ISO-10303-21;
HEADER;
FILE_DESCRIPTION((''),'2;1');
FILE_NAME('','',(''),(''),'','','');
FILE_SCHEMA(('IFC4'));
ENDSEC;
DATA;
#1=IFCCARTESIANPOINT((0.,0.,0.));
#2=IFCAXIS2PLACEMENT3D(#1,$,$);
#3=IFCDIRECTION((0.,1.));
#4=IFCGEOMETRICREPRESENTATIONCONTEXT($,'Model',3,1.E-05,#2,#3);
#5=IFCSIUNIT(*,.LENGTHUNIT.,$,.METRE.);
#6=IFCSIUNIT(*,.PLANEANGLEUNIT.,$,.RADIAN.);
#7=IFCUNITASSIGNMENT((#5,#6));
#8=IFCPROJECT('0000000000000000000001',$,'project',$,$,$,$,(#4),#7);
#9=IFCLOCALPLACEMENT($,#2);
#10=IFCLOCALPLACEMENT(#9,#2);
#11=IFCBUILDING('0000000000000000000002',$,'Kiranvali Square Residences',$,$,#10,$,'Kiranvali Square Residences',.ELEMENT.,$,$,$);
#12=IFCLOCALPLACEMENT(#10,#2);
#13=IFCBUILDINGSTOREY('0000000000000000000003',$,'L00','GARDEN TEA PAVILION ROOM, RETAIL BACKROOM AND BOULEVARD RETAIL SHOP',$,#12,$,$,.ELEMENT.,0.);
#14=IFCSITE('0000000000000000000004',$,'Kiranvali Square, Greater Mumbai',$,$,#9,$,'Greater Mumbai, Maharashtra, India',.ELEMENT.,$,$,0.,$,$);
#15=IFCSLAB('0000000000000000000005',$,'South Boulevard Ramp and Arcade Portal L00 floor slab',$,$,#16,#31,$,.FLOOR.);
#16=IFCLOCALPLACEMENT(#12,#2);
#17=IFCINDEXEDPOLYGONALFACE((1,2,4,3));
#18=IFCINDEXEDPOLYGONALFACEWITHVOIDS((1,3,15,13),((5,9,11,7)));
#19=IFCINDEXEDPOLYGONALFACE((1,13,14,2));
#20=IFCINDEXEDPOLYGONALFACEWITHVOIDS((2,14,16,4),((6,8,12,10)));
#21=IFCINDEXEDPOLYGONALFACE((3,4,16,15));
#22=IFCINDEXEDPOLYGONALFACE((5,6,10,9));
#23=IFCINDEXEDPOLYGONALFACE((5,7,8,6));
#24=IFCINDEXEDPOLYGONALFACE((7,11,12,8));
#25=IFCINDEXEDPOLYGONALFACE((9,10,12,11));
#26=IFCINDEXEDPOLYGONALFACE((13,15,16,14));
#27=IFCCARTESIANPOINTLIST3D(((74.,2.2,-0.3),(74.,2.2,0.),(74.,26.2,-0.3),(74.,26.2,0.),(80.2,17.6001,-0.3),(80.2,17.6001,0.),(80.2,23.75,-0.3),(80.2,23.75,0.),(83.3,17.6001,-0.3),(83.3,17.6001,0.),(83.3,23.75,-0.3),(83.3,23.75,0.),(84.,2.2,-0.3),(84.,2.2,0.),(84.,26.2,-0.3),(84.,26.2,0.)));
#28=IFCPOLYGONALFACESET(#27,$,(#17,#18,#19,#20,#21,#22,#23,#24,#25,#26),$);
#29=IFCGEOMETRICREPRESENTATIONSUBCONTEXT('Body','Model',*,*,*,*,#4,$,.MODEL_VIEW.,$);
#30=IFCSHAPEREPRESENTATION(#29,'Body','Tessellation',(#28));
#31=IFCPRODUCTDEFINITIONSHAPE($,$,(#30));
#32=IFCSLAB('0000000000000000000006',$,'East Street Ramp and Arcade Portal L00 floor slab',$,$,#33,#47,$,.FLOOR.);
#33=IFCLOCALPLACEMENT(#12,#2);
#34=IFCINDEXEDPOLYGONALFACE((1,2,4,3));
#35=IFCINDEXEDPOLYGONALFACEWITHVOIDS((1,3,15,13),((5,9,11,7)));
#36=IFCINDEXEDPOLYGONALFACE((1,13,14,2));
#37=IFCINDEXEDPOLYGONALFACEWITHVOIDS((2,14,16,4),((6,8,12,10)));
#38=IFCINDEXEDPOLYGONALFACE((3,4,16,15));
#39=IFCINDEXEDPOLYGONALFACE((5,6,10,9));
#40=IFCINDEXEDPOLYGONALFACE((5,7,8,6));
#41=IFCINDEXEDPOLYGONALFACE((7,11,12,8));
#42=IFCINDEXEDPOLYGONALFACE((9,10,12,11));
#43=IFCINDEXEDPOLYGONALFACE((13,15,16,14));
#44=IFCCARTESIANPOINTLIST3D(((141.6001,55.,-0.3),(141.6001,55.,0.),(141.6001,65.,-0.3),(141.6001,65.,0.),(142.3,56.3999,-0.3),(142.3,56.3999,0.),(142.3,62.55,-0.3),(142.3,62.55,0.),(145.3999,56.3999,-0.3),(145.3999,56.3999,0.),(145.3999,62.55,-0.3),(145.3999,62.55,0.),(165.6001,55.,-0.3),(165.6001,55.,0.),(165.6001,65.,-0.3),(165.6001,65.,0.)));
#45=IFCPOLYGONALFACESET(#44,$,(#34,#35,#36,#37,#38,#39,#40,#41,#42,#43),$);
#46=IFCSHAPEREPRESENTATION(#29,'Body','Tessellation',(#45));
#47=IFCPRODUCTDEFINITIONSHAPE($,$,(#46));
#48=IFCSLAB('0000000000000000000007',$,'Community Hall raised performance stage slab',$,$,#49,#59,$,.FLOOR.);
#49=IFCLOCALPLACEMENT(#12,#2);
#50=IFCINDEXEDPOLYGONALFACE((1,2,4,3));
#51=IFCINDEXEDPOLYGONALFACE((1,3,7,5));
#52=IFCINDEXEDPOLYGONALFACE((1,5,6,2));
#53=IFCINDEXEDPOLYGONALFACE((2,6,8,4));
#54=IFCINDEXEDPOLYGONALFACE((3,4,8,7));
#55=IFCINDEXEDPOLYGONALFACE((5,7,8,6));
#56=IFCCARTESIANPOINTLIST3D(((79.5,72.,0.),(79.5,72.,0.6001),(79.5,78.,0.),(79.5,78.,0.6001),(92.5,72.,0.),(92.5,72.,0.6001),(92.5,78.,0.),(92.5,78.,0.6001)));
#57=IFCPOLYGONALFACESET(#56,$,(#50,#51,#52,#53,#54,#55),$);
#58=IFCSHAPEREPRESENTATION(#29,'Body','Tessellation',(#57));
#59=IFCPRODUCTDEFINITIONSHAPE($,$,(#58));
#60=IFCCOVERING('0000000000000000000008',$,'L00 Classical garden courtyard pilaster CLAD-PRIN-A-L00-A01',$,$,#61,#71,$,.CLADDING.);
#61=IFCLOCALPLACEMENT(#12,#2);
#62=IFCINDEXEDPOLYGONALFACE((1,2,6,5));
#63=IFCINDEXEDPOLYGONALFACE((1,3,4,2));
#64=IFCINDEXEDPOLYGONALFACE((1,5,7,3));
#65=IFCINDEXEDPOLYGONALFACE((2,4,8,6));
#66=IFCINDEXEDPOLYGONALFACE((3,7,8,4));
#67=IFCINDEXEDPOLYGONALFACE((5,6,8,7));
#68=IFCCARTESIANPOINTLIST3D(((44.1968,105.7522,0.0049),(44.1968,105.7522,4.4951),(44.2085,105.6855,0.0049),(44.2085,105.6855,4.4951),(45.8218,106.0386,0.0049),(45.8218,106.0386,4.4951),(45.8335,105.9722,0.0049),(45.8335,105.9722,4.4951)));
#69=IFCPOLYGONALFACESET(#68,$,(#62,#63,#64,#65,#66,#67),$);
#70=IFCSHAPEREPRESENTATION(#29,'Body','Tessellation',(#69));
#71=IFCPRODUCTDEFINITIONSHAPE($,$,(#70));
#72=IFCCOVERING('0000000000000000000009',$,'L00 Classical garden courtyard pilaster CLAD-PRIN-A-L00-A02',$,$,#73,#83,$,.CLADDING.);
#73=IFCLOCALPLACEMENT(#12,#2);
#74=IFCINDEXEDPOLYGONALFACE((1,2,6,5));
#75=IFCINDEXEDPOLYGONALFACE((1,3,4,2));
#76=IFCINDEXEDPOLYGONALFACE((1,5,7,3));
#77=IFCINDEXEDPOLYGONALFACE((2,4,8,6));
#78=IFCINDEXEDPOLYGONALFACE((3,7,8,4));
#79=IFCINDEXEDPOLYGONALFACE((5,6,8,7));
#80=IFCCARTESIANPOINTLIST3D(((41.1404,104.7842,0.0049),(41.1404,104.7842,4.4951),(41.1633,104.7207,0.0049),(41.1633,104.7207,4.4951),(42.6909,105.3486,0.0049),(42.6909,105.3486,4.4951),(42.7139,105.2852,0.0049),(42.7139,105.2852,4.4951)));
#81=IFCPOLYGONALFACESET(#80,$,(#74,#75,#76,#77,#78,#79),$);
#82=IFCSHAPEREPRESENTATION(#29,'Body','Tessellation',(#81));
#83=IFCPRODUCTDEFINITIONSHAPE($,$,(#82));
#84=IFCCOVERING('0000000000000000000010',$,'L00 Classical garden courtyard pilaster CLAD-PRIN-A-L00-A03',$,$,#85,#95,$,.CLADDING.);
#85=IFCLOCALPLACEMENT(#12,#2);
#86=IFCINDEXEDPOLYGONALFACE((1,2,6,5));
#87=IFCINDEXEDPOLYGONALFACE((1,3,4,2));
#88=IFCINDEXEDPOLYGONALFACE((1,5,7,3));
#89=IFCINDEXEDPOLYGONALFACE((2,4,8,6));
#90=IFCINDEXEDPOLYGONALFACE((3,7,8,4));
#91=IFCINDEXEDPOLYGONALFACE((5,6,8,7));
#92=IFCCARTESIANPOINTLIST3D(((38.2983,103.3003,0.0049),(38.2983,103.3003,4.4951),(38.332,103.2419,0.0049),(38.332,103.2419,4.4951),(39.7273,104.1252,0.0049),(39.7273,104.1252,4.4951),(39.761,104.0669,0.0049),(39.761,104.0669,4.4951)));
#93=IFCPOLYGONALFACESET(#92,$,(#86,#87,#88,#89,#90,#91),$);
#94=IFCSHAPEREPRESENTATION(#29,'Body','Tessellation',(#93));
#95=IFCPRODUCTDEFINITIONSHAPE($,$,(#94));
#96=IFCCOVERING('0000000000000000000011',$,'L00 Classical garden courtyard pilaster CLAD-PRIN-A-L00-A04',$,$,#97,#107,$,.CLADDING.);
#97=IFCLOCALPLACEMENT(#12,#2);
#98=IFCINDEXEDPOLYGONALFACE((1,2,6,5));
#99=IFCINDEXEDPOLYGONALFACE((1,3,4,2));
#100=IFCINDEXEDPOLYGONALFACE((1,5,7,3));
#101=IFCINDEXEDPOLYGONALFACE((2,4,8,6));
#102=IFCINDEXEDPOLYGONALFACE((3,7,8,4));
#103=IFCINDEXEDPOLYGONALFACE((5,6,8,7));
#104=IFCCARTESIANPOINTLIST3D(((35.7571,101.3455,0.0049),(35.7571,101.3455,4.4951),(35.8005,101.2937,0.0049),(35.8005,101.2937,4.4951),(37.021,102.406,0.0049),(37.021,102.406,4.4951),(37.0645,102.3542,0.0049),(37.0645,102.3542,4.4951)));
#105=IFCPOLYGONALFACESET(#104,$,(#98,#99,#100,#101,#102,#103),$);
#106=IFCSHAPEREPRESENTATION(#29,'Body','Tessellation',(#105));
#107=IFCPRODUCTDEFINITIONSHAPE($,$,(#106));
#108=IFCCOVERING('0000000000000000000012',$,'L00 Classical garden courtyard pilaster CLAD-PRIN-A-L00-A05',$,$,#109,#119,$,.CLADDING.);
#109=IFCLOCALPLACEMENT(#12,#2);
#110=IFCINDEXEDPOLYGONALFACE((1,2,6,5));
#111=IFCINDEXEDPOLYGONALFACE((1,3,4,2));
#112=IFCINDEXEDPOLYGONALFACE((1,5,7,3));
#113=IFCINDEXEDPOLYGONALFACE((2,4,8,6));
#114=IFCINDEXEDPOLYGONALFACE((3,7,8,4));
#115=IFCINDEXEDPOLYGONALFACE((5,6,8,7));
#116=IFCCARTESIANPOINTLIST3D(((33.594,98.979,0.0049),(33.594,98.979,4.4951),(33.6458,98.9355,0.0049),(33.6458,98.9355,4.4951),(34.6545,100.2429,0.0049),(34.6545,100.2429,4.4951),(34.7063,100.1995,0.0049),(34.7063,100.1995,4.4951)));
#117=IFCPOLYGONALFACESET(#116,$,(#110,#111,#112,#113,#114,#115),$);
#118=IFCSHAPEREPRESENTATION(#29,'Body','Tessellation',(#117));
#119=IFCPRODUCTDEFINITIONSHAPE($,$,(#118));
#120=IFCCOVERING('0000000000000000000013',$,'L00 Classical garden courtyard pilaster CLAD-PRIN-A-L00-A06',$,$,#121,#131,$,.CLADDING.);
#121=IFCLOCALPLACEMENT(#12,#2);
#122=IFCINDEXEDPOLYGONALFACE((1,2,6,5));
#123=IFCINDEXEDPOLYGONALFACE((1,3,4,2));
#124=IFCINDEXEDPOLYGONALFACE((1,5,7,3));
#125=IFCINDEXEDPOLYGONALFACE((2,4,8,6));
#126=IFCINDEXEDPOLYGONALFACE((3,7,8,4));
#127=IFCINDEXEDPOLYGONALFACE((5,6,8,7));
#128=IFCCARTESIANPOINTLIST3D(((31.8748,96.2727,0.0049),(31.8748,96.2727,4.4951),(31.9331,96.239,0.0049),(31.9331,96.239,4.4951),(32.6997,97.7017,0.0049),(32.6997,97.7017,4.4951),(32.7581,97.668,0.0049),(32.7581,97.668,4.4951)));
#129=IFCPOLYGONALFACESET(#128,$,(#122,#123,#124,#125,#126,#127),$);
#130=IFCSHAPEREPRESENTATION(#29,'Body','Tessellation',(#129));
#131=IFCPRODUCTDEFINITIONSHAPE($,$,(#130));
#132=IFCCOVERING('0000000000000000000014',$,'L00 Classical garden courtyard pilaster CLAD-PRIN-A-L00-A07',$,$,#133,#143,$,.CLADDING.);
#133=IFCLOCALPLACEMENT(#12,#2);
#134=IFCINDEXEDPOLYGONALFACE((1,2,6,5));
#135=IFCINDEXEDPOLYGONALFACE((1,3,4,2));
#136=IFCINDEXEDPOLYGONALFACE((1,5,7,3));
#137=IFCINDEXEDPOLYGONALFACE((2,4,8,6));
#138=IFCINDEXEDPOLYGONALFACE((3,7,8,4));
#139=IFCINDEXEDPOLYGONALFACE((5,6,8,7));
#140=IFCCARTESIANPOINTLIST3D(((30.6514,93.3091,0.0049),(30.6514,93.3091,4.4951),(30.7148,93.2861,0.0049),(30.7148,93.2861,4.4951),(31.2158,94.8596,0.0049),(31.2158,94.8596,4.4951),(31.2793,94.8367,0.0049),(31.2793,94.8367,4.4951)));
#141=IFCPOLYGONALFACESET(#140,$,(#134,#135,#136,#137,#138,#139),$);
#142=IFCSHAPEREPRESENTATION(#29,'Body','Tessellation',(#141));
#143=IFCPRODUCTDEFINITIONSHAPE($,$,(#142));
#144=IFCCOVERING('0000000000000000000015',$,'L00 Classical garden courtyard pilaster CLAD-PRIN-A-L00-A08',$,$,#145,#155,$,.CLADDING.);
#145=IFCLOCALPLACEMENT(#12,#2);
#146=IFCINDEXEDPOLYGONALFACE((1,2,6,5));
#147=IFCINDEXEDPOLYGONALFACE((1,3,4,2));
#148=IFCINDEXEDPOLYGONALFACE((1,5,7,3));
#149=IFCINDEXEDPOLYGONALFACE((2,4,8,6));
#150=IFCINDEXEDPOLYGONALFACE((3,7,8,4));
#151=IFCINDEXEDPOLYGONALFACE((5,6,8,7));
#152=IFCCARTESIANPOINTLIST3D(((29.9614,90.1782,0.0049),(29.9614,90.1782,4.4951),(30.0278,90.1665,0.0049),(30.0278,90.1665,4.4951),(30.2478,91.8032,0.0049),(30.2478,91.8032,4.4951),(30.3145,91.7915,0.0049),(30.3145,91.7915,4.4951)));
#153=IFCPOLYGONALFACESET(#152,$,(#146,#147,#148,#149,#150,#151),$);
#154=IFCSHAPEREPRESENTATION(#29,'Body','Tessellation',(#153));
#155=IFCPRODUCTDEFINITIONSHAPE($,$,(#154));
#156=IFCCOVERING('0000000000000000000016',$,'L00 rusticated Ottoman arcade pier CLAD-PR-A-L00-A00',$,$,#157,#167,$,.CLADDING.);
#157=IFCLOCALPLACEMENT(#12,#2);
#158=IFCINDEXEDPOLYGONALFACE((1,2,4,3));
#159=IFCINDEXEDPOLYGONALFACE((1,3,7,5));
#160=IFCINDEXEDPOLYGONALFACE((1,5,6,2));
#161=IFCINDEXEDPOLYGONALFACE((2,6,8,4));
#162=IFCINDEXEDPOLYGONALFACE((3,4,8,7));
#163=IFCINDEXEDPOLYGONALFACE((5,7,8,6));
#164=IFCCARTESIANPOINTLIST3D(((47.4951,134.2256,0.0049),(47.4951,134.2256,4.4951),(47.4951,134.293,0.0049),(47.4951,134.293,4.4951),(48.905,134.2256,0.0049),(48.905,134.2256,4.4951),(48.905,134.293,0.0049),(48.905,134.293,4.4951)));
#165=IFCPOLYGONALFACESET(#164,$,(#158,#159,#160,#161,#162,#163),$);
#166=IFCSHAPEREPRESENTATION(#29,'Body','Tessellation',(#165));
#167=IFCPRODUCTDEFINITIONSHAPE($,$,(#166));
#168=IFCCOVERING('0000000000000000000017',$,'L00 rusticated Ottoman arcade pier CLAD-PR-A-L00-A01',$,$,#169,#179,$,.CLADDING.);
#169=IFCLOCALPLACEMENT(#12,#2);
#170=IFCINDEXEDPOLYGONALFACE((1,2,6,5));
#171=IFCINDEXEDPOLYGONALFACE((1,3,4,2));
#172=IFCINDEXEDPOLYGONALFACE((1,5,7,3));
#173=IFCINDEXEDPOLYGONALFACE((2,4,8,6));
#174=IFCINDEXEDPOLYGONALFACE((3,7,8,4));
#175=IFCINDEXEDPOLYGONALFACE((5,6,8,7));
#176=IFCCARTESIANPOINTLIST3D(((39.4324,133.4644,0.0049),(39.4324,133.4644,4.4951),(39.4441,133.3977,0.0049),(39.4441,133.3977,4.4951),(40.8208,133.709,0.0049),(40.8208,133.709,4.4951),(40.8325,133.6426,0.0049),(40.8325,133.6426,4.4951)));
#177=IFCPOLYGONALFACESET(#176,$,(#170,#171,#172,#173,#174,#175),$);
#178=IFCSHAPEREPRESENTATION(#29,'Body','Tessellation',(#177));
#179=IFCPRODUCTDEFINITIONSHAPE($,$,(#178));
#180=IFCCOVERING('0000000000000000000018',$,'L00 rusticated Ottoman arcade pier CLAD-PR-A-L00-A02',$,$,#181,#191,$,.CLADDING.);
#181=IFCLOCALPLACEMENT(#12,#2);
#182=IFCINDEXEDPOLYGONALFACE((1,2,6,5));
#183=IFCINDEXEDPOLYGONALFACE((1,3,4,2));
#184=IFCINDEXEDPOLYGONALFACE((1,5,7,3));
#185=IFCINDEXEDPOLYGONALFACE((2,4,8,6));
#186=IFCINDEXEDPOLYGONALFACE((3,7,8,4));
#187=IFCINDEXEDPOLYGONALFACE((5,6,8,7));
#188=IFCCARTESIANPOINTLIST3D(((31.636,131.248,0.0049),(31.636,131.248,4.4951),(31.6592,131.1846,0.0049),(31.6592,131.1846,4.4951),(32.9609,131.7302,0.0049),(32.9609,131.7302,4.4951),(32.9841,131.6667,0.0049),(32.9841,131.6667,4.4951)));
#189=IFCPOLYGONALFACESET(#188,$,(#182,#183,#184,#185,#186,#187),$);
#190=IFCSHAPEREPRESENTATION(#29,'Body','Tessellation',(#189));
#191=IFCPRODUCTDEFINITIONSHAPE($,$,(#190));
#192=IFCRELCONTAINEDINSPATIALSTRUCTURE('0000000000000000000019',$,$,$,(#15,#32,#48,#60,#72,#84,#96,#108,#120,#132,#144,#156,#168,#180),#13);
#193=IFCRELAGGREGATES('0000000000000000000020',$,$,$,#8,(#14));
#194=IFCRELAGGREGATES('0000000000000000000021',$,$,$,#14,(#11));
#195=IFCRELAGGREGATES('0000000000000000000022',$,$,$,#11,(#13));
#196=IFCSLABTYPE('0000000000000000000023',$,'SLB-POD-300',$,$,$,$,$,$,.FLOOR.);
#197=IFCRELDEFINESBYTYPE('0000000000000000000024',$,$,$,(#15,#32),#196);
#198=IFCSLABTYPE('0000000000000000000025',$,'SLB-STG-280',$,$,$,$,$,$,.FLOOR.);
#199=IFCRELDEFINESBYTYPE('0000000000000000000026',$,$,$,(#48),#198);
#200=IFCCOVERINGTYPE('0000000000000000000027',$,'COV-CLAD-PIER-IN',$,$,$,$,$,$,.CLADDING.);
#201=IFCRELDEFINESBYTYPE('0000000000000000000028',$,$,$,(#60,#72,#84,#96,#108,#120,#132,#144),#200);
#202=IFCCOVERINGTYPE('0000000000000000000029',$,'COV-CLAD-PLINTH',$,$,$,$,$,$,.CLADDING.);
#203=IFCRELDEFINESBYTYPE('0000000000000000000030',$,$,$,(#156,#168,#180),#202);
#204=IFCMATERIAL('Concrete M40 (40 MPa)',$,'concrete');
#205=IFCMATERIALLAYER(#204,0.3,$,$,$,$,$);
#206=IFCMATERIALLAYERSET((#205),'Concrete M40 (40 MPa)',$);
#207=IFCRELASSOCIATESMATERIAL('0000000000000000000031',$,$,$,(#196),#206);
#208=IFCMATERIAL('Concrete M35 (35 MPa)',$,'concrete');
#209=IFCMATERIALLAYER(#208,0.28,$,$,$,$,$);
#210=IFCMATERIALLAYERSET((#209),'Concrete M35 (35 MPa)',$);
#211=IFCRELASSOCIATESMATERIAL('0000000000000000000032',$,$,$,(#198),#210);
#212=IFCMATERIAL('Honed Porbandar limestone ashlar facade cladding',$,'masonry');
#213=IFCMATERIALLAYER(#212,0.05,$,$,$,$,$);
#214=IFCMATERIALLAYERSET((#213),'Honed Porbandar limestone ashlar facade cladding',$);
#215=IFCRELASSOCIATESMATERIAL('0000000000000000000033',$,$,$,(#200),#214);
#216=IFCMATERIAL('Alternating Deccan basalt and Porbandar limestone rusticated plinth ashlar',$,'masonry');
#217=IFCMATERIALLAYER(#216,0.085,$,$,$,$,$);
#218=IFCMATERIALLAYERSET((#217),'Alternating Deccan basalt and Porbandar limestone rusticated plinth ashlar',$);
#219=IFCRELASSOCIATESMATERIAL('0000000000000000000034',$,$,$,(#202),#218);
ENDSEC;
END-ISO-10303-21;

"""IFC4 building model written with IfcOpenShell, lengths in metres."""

from ifc_helpers import new_model, si_unit, direction, frame, origin, place, context, subcontext, project, spatial, polyline, outline, extrude, material, layer, layer_set, type_object, element, save


model = new_model("IFC4")

# Units and contexts
model_context = context("Model", 3, precision=1e-05, world=origin(), true_north=direction((0.0, 1.0)))
body_context = subcontext(model_context, "Body", "Model", "MODEL_VIEW")
ifc_project = project(units=[si_unit("LENGTHUNIT", "METRE"), si_unit("PLANEANGLEUNIT", "RADIAN")], contexts=[model_context])

# Site, building, storey
site_placement = place(None, origin())
site = spatial("IfcSite", under=ifc_project, at=site_placement, Name="Kiranvali Square, Greater Mumbai", LongName="Greater Mumbai, Maharashtra, India", CompositionType="ELEMENT", RefElevation=0.0)
building_placement = place(site_placement, origin())
building = spatial("IfcBuilding", under=site, at=building_placement, Name="Kiranvali Square Residences", LongName="Kiranvali Square Residences", CompositionType="ELEMENT")
storey_placement = place(building_placement, origin())
storey = spatial("IfcBuildingStorey", under=building, at=storey_placement, Name="L00", Description="GARDEN TEA PAVILION ROOM, RETAIL BACKROOM AND BOULEVARD RETAIL SHOP", CompositionType="ELEMENT", Elevation=0.0)

# Slabs
ifc_material_1 = material(Name="Concrete M40 (40 MPa)", Category="concrete")
ifc_material_2 = material(Name="Concrete M35 (35 MPa)", Category="concrete")
ifc_layer_1 = layer(ifc_material_1, 0.3)
ifc_layer_set_1 = layer_set([ifc_layer_1], Name="Concrete M40 (40 MPa)")
slab_type_1 = type_object("IfcSlabType", Name="SLB-POD-300", PredefinedType="FLOOR", material=ifc_layer_set_1)
slab_1_placement = place(storey_placement, frame((0.0, 0.0, -0.3)))
element("IfcSlab", 1, at=slab_1_placement, inside=storey, type_object=slab_type_1, Name="South Boulevard Ramp and Arcade Portal L00 floor slab", PredefinedType="FLOOR", context=body_context, shape_type="SweptSolid", body=[
    extrude(outline(polyline([(84.0, 2.2), (84.0, 26.2), (74.0, 26.2), (74.0, 2.2), (84.0, 2.2)]), holes=[polyline([(80.2, 23.75), (80.2, 17.6001), (83.3, 17.6001), (83.3, 23.75), (80.2, 23.75)])]), origin(), (0.0, 0.0, 1.0), 0.3),
])
slab_2_placement = place(storey_placement, frame((0.0, 0.0, -0.3)))
element("IfcSlab", 2, at=slab_2_placement, inside=storey, type_object=slab_type_1, Name="East Street Ramp and Arcade Portal L00 floor slab", PredefinedType="FLOOR", context=body_context, shape_type="SweptSolid", body=[
    extrude(outline(polyline([(165.6001, 55.0), (165.6001, 65.0), (141.6001, 65.0), (141.6001, 55.0), (165.6001, 55.0)]), holes=[polyline([(142.3, 62.55), (142.3, 56.3999), (145.3999, 56.3999), (145.3999, 62.55), (142.3, 62.55)])]), origin(), (0.0, 0.0, 1.0), 0.3),
])
ifc_layer_2 = layer(ifc_material_2, 0.28)
ifc_layer_set_2 = layer_set([ifc_layer_2], Name="Concrete M35 (35 MPa)")
slab_type_2 = type_object("IfcSlabType", Name="SLB-STG-280", PredefinedType="FLOOR", material=ifc_layer_set_2)
slab_3_placement = place(storey_placement, origin())
element("IfcSlab", 3, at=slab_3_placement, inside=storey, type_object=slab_type_2, Name="Community Hall raised performance stage slab", PredefinedType="FLOOR", context=body_context, shape_type="SweptSolid", body=[
    extrude(outline(polyline([(79.5, 72.0), (92.5, 72.0), (92.5, 78.0), (79.5, 78.0), (79.5, 72.0)])), origin(), (0.0, 0.0, 1.0), 0.6001),
])

# Coverings
ifc_material_3 = material(Name="Honed Porbandar limestone ashlar facade cladding", Category="masonry")
ifc_layer_3 = layer(ifc_material_3, 0.05)
ifc_layer_set_3 = layer_set([ifc_layer_3], Name="Honed Porbandar limestone ashlar facade cladding")
covering_type_1 = type_object("IfcCoveringType", Name="COV-CLAD-PIER-IN", PredefinedType="CLADDING", material=ifc_layer_set_3)
covering_1_placement = place(storey_placement, frame((0.0, 0.0, 0.0049)))
element("IfcCovering", 4, at=covering_1_placement, inside=storey, type_object=covering_type_1, Name="L00 Classical garden courtyard pilaster CLAD-PRIN-A-L00-A01", PredefinedType="CLADDING", context=body_context, shape_type="SweptSolid", body=[
    extrude(outline(polyline([(44.2085, 105.6855), (45.8335, 105.9722), (45.8218, 106.0386), (44.1968, 105.7522), (44.2085, 105.6855)])), origin(), (0.0, 0.0, 1.0), 4.4902),
])
covering_2_placement = place(storey_placement, frame((0.0, 0.0, 0.0049)))
element("IfcCovering", 5, at=covering_2_placement, inside=storey, type_object=covering_type_1, Name="L00 Classical garden courtyard pilaster CLAD-PRIN-A-L00-A02", PredefinedType="CLADDING", context=body_context, shape_type="SweptSolid", body=[
    extrude(outline(polyline([(41.1633, 104.7207), (42.7139, 105.2852), (42.6909, 105.3486), (41.1404, 104.7842), (41.1633, 104.7207)])), origin(), (0.0, 0.0, 1.0), 4.4902),
])
covering_3_placement = place(storey_placement, frame((0.0, 0.0, 0.0049)))
element("IfcCovering", 6, at=covering_3_placement, inside=storey, type_object=covering_type_1, Name="L00 Classical garden courtyard pilaster CLAD-PRIN-A-L00-A03", PredefinedType="CLADDING", context=body_context, shape_type="SweptSolid", body=[
    extrude(outline(polyline([(38.332, 103.2419), (39.761, 104.0669), (39.7273, 104.1252), (38.2983, 103.3003), (38.332, 103.2419)])), origin(), (0.0, 0.0, 1.0), 4.4902),
])
covering_4_placement = place(storey_placement, frame((0.0, 0.0, 0.0049)))
element("IfcCovering", 7, at=covering_4_placement, inside=storey, type_object=covering_type_1, Name="L00 Classical garden courtyard pilaster CLAD-PRIN-A-L00-A04", PredefinedType="CLADDING", context=body_context, shape_type="SweptSolid", body=[
    extrude(outline(polyline([(35.8005, 101.2937), (37.0645, 102.3542), (37.021, 102.406), (35.7571, 101.3455), (35.8005, 101.2937)])), origin(), (0.0, 0.0, 1.0), 4.4902),
])
covering_5_placement = place(storey_placement, frame((0.0, 0.0, 0.0049)))
element("IfcCovering", 8, at=covering_5_placement, inside=storey, type_object=covering_type_1, Name="L00 Classical garden courtyard pilaster CLAD-PRIN-A-L00-A05", PredefinedType="CLADDING", context=body_context, shape_type="SweptSolid", body=[
    extrude(outline(polyline([(33.6458, 98.9355), (34.7063, 100.1995), (34.6545, 100.2429), (33.594, 98.979), (33.6458, 98.9355)])), origin(), (0.0, 0.0, 1.0), 4.4902),
])
covering_6_placement = place(storey_placement, frame((0.0, 0.0, 0.0049)))
element("IfcCovering", 9, at=covering_6_placement, inside=storey, type_object=covering_type_1, Name="L00 Classical garden courtyard pilaster CLAD-PRIN-A-L00-A06", PredefinedType="CLADDING", context=body_context, shape_type="SweptSolid", body=[
    extrude(outline(polyline([(31.9331, 96.239), (32.7581, 97.668), (32.6997, 97.7017), (31.8748, 96.2727), (31.9331, 96.239)])), origin(), (0.0, 0.0, 1.0), 4.4902),
])
covering_7_placement = place(storey_placement, frame((0.0, 0.0, 0.0049)))
element("IfcCovering", 10, at=covering_7_placement, inside=storey, type_object=covering_type_1, Name="L00 Classical garden courtyard pilaster CLAD-PRIN-A-L00-A07", PredefinedType="CLADDING", context=body_context, shape_type="SweptSolid", body=[
    extrude(outline(polyline([(30.7148, 93.2861), (31.2793, 94.8367), (31.2158, 94.8596), (30.6514, 93.3091), (30.7148, 93.2861)])), origin(), (0.0, 0.0, 1.0), 4.4902),
])
covering_8_placement = place(storey_placement, frame((0.0, 0.0, 0.0049)))
element("IfcCovering", 11, at=covering_8_placement, inside=storey, type_object=covering_type_1, Name="L00 Classical garden courtyard pilaster CLAD-PRIN-A-L00-A08", PredefinedType="CLADDING", context=body_context, shape_type="SweptSolid", body=[
    extrude(outline(polyline([(30.0278, 90.1665), (30.3145, 91.7915), (30.2478, 91.8032), (29.9614, 90.1782), (30.0278, 90.1665)])), origin(), (0.0, 0.0, 1.0), 4.4902),
])
ifc_material_4 = material(Name="Alternating Deccan basalt and Porbandar limestone rusticated plinth ashlar", Category="masonry")
ifc_layer_4 = layer(ifc_material_4, 0.085)
ifc_layer_set_4 = layer_set([ifc_layer_4], Name="Alternating Deccan basalt and Porbandar limestone rusticated plinth ashlar")
covering_type_2 = type_object("IfcCoveringType", Name="COV-CLAD-PLINTH", PredefinedType="CLADDING", material=ifc_layer_set_4)
covering_9_placement = place(storey_placement, frame((0.0, 0.0, 0.0049)))
element("IfcCovering", 12, at=covering_9_placement, inside=storey, type_object=covering_type_2, Name="L00 rusticated Ottoman arcade pier CLAD-PR-A-L00-A00", PredefinedType="CLADDING", context=body_context, shape_type="SweptSolid", body=[
    extrude(outline(polyline([(48.905, 134.293), (47.4951, 134.293), (47.4951, 134.2256), (48.905, 134.2256), (48.905, 134.293)])), origin(), (0.0, 0.0, 1.0), 4.4902),
])
covering_10_placement = place(storey_placement, frame((0.0, 0.0, 0.0049)))
element("IfcCovering", 13, at=covering_10_placement, inside=storey, type_object=covering_type_2, Name="L00 rusticated Ottoman arcade pier CLAD-PR-A-L00-A01", PredefinedType="CLADDING", context=body_context, shape_type="SweptSolid", body=[
    extrude(outline(polyline([(40.8208, 133.709), (39.4324, 133.4644), (39.4441, 133.3977), (40.8325, 133.6426), (40.8208, 133.709)])), origin(), (0.0, 0.0, 1.0), 4.4902),
])
covering_11_placement = place(storey_placement, frame((0.0, 0.0, 0.0049)))
element("IfcCovering", 14, at=covering_11_placement, inside=storey, type_object=covering_type_2, Name="L00 rusticated Ottoman arcade pier CLAD-PR-A-L00-A02", PredefinedType="CLADDING", context=body_context, shape_type="SweptSolid", body=[
    extrude(outline(polyline([(32.9609, 131.7302), (31.636, 131.248), (31.6592, 131.1846), (32.9841, 131.6667), (32.9609, 131.7302)])), origin(), (0.0, 0.0, 1.0), 4.4902),
])

save(model, "model.ifc")
